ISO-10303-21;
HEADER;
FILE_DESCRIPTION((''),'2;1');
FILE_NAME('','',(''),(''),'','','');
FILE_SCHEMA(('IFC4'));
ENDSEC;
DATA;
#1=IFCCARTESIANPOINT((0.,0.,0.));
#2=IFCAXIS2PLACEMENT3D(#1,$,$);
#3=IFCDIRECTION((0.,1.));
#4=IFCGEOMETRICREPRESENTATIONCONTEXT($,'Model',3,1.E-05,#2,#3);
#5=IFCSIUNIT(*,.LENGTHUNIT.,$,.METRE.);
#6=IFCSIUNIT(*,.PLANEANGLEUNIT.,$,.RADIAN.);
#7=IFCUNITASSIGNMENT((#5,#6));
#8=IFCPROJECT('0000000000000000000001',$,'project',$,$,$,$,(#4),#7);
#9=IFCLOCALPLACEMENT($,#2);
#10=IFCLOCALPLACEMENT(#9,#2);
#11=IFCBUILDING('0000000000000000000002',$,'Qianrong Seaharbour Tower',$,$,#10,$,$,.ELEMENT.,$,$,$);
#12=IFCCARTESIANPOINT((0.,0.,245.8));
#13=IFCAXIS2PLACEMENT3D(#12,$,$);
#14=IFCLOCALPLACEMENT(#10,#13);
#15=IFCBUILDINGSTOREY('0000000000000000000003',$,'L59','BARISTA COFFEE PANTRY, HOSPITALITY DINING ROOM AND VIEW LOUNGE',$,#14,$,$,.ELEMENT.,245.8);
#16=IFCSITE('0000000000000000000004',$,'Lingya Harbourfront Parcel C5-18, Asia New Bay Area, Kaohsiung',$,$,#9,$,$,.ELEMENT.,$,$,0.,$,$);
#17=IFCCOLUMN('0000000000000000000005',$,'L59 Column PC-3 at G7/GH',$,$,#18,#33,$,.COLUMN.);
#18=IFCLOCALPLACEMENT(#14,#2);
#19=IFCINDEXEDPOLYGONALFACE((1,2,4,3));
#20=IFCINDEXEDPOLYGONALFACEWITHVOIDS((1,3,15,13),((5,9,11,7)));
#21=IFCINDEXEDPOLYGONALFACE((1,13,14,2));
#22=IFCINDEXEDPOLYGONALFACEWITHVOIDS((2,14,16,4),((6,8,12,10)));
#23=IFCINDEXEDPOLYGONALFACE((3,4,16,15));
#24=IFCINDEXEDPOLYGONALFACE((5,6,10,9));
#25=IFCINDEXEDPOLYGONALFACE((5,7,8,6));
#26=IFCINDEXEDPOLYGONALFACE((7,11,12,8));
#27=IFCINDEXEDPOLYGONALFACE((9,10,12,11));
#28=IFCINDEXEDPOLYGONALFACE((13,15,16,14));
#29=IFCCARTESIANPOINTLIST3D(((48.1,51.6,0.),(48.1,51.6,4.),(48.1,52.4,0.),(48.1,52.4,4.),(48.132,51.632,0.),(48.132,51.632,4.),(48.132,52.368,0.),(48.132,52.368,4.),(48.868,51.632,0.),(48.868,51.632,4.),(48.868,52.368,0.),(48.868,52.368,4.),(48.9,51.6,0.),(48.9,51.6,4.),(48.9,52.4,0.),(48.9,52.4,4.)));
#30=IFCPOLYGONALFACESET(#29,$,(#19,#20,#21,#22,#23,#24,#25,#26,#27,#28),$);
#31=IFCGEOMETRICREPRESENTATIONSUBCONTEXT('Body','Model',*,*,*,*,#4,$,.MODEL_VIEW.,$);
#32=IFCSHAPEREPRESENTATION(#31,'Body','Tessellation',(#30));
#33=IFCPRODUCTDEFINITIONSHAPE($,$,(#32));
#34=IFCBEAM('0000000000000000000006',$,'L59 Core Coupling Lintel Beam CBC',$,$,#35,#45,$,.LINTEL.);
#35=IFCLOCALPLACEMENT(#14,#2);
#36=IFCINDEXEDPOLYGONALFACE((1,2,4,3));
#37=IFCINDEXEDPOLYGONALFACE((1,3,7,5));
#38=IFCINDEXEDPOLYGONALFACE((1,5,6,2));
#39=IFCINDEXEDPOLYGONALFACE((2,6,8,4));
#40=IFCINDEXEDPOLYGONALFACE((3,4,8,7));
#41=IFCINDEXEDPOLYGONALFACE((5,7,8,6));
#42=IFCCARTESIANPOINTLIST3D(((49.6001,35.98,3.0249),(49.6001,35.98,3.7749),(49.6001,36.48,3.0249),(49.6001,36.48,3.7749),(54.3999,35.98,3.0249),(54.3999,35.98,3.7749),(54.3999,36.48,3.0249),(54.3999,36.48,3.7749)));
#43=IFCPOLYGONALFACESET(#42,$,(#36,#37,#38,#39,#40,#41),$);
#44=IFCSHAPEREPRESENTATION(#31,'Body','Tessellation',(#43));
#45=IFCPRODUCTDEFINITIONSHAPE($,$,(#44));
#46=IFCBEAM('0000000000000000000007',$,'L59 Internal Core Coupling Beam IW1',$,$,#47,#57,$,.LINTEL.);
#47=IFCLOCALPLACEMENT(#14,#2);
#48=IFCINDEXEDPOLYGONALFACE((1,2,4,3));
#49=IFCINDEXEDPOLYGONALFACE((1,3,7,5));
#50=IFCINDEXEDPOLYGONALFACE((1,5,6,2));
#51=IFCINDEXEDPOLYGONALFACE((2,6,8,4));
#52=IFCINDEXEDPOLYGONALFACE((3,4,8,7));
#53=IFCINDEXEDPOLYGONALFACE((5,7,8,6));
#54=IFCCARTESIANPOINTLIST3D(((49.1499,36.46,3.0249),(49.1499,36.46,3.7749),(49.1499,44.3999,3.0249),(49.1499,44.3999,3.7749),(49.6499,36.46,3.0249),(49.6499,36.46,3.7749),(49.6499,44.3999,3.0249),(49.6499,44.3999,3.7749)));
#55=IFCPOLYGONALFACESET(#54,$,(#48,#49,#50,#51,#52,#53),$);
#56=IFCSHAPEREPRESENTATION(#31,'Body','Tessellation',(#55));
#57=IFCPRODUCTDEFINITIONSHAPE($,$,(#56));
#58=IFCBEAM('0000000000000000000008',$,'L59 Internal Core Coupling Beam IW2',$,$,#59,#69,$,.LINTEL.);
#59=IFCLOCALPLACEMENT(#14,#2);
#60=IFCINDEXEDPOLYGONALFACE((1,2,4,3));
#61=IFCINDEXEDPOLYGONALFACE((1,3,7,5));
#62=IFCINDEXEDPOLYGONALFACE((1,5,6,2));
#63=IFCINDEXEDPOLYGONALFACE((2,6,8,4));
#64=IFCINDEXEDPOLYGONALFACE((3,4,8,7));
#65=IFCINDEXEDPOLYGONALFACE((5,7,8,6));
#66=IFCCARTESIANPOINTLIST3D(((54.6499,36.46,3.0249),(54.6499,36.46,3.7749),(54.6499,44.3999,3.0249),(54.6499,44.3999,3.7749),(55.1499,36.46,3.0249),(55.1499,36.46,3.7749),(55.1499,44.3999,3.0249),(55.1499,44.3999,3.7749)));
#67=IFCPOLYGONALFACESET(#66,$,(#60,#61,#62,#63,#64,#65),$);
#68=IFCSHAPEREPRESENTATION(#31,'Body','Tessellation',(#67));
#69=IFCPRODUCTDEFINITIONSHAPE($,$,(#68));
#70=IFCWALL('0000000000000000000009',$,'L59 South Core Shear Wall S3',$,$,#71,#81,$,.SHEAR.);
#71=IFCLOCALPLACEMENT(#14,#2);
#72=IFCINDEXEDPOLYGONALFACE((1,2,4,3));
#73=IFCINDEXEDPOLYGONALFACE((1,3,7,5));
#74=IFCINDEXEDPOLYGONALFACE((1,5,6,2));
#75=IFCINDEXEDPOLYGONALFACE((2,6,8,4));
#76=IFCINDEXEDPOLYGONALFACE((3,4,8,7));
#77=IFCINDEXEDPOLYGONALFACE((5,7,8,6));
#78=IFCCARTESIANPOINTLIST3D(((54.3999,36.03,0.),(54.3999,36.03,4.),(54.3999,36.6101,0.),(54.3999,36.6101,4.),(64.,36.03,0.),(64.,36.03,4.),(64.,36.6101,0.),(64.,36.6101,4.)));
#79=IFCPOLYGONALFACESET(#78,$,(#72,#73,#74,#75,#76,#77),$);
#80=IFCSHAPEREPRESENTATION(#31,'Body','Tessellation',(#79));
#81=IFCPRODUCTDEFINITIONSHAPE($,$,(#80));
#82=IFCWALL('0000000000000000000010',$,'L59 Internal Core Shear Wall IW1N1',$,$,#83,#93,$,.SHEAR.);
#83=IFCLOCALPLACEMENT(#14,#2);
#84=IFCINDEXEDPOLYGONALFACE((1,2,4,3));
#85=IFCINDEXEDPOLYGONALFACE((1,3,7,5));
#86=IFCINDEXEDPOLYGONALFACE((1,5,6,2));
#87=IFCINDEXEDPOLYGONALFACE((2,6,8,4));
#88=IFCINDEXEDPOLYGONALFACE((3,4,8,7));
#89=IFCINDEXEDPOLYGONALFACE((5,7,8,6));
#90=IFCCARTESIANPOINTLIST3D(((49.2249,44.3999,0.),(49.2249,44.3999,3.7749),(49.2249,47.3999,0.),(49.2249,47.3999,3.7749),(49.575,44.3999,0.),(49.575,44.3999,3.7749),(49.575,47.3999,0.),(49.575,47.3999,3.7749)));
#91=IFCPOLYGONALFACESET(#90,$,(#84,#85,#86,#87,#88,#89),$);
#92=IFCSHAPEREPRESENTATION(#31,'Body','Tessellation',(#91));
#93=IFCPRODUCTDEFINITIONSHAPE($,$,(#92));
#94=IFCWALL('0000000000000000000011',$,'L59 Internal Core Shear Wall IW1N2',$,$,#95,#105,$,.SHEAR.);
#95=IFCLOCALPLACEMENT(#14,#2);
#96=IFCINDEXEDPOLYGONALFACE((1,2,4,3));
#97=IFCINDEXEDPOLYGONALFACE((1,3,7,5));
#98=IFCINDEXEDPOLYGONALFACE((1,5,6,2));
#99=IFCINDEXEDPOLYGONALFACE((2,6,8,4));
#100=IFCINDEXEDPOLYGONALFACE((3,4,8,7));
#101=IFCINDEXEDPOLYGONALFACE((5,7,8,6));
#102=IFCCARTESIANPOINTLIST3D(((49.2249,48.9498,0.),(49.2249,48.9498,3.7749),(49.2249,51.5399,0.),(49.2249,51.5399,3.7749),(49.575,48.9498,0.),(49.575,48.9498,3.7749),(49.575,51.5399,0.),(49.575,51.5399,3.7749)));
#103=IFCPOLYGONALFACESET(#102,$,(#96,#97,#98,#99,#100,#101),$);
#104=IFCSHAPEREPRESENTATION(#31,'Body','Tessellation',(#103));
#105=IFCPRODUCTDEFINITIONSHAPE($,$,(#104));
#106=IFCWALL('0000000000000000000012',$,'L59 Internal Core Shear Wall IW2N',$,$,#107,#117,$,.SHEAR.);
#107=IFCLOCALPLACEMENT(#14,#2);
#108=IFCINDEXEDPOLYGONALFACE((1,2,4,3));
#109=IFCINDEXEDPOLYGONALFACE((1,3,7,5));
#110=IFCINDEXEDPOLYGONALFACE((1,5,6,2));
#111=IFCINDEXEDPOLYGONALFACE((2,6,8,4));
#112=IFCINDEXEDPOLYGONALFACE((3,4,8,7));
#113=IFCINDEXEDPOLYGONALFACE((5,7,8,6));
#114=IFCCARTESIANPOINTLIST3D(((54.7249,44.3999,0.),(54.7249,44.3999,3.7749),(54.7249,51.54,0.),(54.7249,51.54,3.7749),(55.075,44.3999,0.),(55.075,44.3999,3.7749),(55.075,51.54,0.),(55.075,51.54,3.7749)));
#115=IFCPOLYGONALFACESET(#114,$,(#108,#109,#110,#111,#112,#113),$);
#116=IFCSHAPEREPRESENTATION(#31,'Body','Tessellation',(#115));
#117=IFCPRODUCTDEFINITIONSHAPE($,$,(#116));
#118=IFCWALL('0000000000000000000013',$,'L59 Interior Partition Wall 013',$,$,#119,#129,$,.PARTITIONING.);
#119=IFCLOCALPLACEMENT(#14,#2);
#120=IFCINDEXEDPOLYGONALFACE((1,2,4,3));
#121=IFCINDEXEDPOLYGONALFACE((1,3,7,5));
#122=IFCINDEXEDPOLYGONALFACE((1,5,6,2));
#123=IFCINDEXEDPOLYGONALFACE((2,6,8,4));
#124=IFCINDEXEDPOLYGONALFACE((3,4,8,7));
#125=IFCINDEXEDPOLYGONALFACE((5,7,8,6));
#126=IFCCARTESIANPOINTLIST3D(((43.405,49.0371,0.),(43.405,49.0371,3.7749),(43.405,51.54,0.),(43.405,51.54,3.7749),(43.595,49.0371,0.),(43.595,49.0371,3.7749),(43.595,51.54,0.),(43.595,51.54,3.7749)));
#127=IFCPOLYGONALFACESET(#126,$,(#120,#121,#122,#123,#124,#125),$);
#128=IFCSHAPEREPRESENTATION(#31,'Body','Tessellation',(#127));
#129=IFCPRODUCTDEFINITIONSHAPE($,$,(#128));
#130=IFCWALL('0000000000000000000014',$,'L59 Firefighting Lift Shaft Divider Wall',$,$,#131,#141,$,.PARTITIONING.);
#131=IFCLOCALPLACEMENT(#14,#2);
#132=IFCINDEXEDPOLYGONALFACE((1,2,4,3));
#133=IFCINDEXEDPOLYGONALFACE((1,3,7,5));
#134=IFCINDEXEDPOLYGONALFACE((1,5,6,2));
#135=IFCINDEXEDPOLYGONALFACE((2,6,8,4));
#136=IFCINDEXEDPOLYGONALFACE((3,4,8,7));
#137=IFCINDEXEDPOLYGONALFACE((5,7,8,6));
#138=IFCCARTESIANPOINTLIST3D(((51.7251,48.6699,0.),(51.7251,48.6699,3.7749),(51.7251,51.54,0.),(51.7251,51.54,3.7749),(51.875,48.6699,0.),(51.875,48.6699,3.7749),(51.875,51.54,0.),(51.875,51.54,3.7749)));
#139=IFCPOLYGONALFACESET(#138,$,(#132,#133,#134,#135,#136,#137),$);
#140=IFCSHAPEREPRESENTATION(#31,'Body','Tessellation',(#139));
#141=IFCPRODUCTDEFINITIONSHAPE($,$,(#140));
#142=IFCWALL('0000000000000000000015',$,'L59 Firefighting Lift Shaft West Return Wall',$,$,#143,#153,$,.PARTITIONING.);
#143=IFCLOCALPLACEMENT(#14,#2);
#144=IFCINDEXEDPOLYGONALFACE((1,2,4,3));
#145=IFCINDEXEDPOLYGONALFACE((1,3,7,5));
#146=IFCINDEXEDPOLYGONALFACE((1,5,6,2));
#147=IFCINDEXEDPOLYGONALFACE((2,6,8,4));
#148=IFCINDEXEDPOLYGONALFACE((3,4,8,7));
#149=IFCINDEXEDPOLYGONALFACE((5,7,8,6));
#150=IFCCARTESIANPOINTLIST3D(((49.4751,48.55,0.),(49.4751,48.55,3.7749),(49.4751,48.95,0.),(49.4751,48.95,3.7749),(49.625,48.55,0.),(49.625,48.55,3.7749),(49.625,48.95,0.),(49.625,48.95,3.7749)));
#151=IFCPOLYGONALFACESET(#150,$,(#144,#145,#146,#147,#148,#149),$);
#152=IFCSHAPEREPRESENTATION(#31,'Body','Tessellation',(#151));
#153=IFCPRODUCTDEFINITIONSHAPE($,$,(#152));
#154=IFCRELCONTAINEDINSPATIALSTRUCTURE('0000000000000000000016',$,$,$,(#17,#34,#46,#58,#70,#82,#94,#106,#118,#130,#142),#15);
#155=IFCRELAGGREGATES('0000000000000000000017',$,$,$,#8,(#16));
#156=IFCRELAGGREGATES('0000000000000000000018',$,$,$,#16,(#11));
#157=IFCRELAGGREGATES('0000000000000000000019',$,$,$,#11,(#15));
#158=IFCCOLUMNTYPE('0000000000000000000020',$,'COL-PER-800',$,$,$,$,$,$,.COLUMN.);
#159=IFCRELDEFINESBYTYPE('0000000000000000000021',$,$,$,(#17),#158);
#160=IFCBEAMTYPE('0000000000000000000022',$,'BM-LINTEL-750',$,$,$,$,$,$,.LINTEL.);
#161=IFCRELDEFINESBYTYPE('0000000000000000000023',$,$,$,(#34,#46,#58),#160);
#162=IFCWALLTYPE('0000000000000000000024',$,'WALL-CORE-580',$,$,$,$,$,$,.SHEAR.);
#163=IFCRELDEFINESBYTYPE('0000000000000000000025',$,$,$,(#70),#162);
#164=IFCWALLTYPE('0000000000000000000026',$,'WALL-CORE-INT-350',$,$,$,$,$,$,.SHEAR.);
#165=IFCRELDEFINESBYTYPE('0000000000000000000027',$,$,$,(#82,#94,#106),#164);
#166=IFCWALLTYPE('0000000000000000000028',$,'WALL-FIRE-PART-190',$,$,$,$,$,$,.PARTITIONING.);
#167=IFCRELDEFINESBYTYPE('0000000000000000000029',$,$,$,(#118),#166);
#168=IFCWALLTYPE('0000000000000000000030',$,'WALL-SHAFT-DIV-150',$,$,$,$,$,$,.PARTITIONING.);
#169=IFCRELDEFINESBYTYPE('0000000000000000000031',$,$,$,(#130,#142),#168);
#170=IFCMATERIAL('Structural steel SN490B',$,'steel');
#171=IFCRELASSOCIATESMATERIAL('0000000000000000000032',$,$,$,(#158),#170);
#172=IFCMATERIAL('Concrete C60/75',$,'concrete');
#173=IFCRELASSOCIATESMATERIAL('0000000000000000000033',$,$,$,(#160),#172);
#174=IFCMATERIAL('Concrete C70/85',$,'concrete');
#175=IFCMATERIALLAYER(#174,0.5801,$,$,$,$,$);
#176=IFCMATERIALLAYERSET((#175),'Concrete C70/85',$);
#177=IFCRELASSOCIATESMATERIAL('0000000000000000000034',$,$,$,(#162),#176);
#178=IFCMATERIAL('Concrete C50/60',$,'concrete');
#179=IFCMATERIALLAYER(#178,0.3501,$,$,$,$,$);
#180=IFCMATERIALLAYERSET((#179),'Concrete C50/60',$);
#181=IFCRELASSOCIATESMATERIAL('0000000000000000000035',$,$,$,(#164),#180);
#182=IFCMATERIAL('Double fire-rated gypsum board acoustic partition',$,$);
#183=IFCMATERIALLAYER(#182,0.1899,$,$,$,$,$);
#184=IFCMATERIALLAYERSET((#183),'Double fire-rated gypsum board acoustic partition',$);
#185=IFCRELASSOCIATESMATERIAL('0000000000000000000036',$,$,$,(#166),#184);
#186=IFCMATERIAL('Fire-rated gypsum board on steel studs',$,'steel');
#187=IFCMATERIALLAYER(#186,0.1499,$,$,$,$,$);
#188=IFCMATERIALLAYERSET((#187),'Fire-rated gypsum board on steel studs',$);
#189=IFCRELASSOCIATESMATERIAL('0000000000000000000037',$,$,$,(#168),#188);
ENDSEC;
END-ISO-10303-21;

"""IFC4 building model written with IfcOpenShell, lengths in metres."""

from ifc_helpers import new_model, si_unit, direction, frame, frame_2d, origin, origin_2d, place, context, subcontext, project, spatial, rectangle, hollow_rectangle, extrude, material, layer, layer_set, material_profile, profile_set, type_object, element, save


model = new_model("IFC4")

# Units and contexts
model_context = context("Model", 3, precision=1e-05, world=origin(), true_north=direction((0.0, 1.0)))
body_context = subcontext(model_context, "Body", "Model", "MODEL_VIEW")
ifc_project = project(units=[si_unit("LENGTHUNIT", "METRE"), si_unit("PLANEANGLEUNIT", "RADIAN")], contexts=[model_context])

# Site, building, storey
site_placement = place(None, origin())
site = spatial("IfcSite", under=ifc_project, at=site_placement, Name="Lingya Harbourfront Parcel C5-18, Asia New Bay Area, Kaohsiung", CompositionType="ELEMENT", RefElevation=0.0)
building_placement = place(site_placement, origin())
building = spatial("IfcBuilding", under=site, at=building_placement, Name="Qianrong Seaharbour Tower", CompositionType="ELEMENT")
storey_placement = place(building_placement, frame((0.0, 0.0, 245.8)))
storey = spatial("IfcBuildingStorey", under=building, at=storey_placement, Name="L59", Description="BARISTA COFFEE PANTRY, HOSPITALITY DINING ROOM AND VIEW LOUNGE", CompositionType="ELEMENT", Elevation=245.8)

# Column
ifc_material_1 = material(Name="Structural steel SN490B", Category="steel")
ifc_material_profile_1 = material_profile(ifc_material_1, hollow_rectangle(XDim=0.8, YDim=0.8, WallThickness=0.032, at=origin_2d()), Name="BOX800x800x32")
ifc_profile_set_1 = profile_set([ifc_material_profile_1], Name="Structural steel SN490B")
column_type = type_object("IfcColumnType", Name="COL-PER-800", PredefinedType="COLUMN", material=ifc_profile_set_1)
column_placement = place(storey_placement, frame((48.5, 52.0, 0.0), z_axis=(0.0, 0.0, 1.0), x_axis=(1.0, 0.0, 0.0)))
element("IfcColumn", 1, at=column_placement, inside=storey, type_object=column_type, Name="L59 Column PC-3 at G7/GH", PredefinedType="COLUMN", context=body_context, shape_type="SweptSolid", body=[
    extrude(hollow_rectangle(XDim=0.8, YDim=0.8, WallThickness=0.032, at=origin_2d()), origin(), (0.0, 0.0, 1.0), 4.0),
])

# Beams
ifc_material_2 = material(Name="Concrete C60/75", Category="concrete")
ifc_material_profile_2 = material_profile(ifc_material_2, rectangle(XDim=0.5, YDim=0.75, at=origin_2d()), Name="RC500x750")
ifc_profile_set_2 = profile_set([ifc_material_profile_2], Name="Concrete C60/75")
beam_type = type_object("IfcBeamType", Name="BM-LINTEL-750", PredefinedType="LINTEL", material=ifc_profile_set_2)
beam_placement = place(storey_placement, frame((49.6001, 36.23, 3.3999), z_axis=(1.0, 0.0, 0.0), x_axis=(0.0, 1.0, 0.0)))
element("IfcBeam", 2, at=beam_placement, inside=storey, type_object=beam_type, Name="L59 Core Coupling Lintel Beam CBC", PredefinedType="LINTEL", context=body_context, shape_type="SweptSolid", body=[
    extrude(rectangle(XDim=0.5, YDim=0.75, at=origin_2d()), origin(), (0.0, 0.0, 1.0), 4.7998),
])
for number, where, z_axis, x_axis, name in (
    (3, (49.3999, 36.46, 3.3999), (0.0, 1.0, 0.0), (-1.0, 0.0, 0.0), "L59 Internal Core Coupling Beam IW1"),
    (4, (54.8999, 36.46, 3.3999), (0.0, 1.0, 0.0), (-1.0, 0.0, 0.0), "L59 Internal Core Coupling Beam IW2"),
):
    element("IfcBeam", number, at=place(storey_placement, frame(where, z_axis=z_axis, x_axis=x_axis)), inside=storey, type_object=beam_type, Name=name, PredefinedType="LINTEL", context=body_context, shape_type="SweptSolid", body=[
        extrude(rectangle(XDim=0.5, YDim=0.75, at=origin_2d()), origin(), (0.0, 0.0, 1.0), 7.9399),
    ])

# Walls
ifc_material_3 = material(Name="Concrete C70/85", Category="concrete")
ifc_layer_1 = layer(ifc_material_3, 0.5801)
ifc_layer_set_1 = layer_set([ifc_layer_1], Name="Concrete C70/85")
wall_type_1 = type_object("IfcWallType", Name="WALL-CORE-580", PredefinedType="SHEAR", material=ifc_layer_set_1)
wall_1_placement = place(storey_placement, frame((54.3999, 36.3201, 0.0), z_axis=(0.0, 0.0, 1.0), x_axis=(1.0, 0.0, 0.0)))
element("IfcWall", 5, at=wall_1_placement, inside=storey, type_object=wall_type_1, Name="L59 South Core Shear Wall S3", PredefinedType="SHEAR", context=body_context, shape_type="SweptSolid", body=[
    extrude(rectangle(XDim=9.6001, YDim=0.5801, at=frame_2d((4.8, 0.0))), origin(), (0.0, 0.0, 1.0), 4.0),
])
ifc_material_4 = material(Name="Concrete C50/60", Category="concrete")
ifc_layer_2 = layer(ifc_material_4, 0.3501)
ifc_layer_set_2 = layer_set([ifc_layer_2], Name="Concrete C50/60")
wall_type_2 = type_object("IfcWallType", Name="WALL-CORE-INT-350", PredefinedType="SHEAR", material=ifc_layer_set_2)
wall_2_placement = place(storey_placement, frame((49.3999, 44.3999, 0.0), z_axis=(0.0, 0.0, 1.0), x_axis=(0.0, 1.0, 0.0)))
element("IfcWall", 6, at=wall_2_placement, inside=storey, type_object=wall_type_2, Name="L59 Internal Core Shear Wall IW1N1", PredefinedType="SHEAR", context=body_context, shape_type="SweptSolid", body=[
    extrude(rectangle(XDim=3.0, YDim=0.3501, at=frame_2d((1.5, 0.0))), origin(), (0.0, 0.0, 1.0), 3.7749),
])
wall_3_placement = place(storey_placement, frame((49.3999, 48.95, 0.0), z_axis=(0.0, 0.0, 1.0), x_axis=(0.0, 1.0, 0.0)))
element("IfcWall", 7, at=wall_3_placement, inside=storey, type_object=wall_type_2, Name="L59 Internal Core Shear Wall IW1N2", PredefinedType="SHEAR", context=body_context, shape_type="SweptSolid", body=[
    extrude(rectangle(XDim=2.5901, YDim=0.3501, at=frame_2d((1.2949, 0.0))), origin(), (0.0, 0.0, 1.0), 3.7749),
])
wall_4_placement = place(storey_placement, frame((54.8999, 44.3999, 0.0), z_axis=(0.0, 0.0, 1.0), x_axis=(0.0, 1.0, 0.0)))
element("IfcWall", 8, at=wall_4_placement, inside=storey, type_object=wall_type_2, Name="L59 Internal Core Shear Wall IW2N", PredefinedType="SHEAR", context=body_context, shape_type="SweptSolid", body=[
    extrude(rectangle(XDim=7.1401, YDim=0.3501, at=frame_2d((3.5701, 0.0))), origin(), (0.0, 0.0, 1.0), 3.7749),
])

# Shared definitions
ifc_material_5 = material(Name="Double fire-rated gypsum board acoustic partition")
ifc_layer_3 = layer(ifc_material_5, 0.1899)
ifc_layer_set_3 = layer_set([ifc_layer_3], Name="Double fire-rated gypsum board acoustic partition")
wall_type_3 = type_object("IfcWallType", Name="WALL-FIRE-PART-190", PredefinedType="PARTITIONING", material=ifc_layer_set_3)

# Walls
wall_5_placement = place(storey_placement, frame((43.5, 51.54, 0.0), z_axis=(0.0, 0.0, 1.0), x_axis=(0.0, -1.0, 0.0)))
element("IfcWall", 9, at=wall_5_placement, inside=storey, type_object=wall_type_3, Name="L59 Interior Partition Wall 013", PredefinedType="PARTITIONING", context=body_context, shape_type="SweptSolid", body=[
    extrude(rectangle(XDim=2.5029, YDim=0.1899, at=frame_2d((1.2515, 0.0))), origin(), (0.0, 0.0, 1.0), 3.7749),
])
ifc_material_6 = material(Name="Fire-rated gypsum board on steel studs", Category="steel")
ifc_layer_4 = layer(ifc_material_6, 0.1499)
ifc_layer_set_4 = layer_set([ifc_layer_4], Name="Fire-rated gypsum board on steel studs")
wall_type_4 = type_object("IfcWallType", Name="WALL-SHAFT-DIV-150", PredefinedType="PARTITIONING", material=ifc_layer_set_4)
wall_6_placement = place(storey_placement, frame((51.8, 48.6699, 0.0), z_axis=(0.0, 0.0, 1.0), x_axis=(0.0, 1.0, 0.0)))
element("IfcWall", 10, at=wall_6_placement, inside=storey, type_object=wall_type_4, Name="L59 Firefighting Lift Shaft Divider Wall", PredefinedType="PARTITIONING", context=body_context, shape_type="SweptSolid", body=[
    extrude(rectangle(XDim=2.8701, YDim=0.1499, at=frame_2d((1.4351, 0.0))), origin(), (0.0, 0.0, 1.0), 3.7749),
])
wall_7_placement = place(storey_placement, frame((49.55, 48.55, 0.0), z_axis=(0.0, 0.0, 1.0), x_axis=(0.0, 1.0, 0.0)))
element("IfcWall", 11, at=wall_7_placement, inside=storey, type_object=wall_type_4, Name="L59 Firefighting Lift Shaft West Return Wall", PredefinedType="PARTITIONING", context=body_context, shape_type="SweptSolid", body=[
    extrude(rectangle(XDim=0.3999, YDim=0.1499, at=frame_2d((0.2, 0.0))), origin(), (0.0, 0.0, 1.0), 3.7749),
])

save(model, "model.ifc")
